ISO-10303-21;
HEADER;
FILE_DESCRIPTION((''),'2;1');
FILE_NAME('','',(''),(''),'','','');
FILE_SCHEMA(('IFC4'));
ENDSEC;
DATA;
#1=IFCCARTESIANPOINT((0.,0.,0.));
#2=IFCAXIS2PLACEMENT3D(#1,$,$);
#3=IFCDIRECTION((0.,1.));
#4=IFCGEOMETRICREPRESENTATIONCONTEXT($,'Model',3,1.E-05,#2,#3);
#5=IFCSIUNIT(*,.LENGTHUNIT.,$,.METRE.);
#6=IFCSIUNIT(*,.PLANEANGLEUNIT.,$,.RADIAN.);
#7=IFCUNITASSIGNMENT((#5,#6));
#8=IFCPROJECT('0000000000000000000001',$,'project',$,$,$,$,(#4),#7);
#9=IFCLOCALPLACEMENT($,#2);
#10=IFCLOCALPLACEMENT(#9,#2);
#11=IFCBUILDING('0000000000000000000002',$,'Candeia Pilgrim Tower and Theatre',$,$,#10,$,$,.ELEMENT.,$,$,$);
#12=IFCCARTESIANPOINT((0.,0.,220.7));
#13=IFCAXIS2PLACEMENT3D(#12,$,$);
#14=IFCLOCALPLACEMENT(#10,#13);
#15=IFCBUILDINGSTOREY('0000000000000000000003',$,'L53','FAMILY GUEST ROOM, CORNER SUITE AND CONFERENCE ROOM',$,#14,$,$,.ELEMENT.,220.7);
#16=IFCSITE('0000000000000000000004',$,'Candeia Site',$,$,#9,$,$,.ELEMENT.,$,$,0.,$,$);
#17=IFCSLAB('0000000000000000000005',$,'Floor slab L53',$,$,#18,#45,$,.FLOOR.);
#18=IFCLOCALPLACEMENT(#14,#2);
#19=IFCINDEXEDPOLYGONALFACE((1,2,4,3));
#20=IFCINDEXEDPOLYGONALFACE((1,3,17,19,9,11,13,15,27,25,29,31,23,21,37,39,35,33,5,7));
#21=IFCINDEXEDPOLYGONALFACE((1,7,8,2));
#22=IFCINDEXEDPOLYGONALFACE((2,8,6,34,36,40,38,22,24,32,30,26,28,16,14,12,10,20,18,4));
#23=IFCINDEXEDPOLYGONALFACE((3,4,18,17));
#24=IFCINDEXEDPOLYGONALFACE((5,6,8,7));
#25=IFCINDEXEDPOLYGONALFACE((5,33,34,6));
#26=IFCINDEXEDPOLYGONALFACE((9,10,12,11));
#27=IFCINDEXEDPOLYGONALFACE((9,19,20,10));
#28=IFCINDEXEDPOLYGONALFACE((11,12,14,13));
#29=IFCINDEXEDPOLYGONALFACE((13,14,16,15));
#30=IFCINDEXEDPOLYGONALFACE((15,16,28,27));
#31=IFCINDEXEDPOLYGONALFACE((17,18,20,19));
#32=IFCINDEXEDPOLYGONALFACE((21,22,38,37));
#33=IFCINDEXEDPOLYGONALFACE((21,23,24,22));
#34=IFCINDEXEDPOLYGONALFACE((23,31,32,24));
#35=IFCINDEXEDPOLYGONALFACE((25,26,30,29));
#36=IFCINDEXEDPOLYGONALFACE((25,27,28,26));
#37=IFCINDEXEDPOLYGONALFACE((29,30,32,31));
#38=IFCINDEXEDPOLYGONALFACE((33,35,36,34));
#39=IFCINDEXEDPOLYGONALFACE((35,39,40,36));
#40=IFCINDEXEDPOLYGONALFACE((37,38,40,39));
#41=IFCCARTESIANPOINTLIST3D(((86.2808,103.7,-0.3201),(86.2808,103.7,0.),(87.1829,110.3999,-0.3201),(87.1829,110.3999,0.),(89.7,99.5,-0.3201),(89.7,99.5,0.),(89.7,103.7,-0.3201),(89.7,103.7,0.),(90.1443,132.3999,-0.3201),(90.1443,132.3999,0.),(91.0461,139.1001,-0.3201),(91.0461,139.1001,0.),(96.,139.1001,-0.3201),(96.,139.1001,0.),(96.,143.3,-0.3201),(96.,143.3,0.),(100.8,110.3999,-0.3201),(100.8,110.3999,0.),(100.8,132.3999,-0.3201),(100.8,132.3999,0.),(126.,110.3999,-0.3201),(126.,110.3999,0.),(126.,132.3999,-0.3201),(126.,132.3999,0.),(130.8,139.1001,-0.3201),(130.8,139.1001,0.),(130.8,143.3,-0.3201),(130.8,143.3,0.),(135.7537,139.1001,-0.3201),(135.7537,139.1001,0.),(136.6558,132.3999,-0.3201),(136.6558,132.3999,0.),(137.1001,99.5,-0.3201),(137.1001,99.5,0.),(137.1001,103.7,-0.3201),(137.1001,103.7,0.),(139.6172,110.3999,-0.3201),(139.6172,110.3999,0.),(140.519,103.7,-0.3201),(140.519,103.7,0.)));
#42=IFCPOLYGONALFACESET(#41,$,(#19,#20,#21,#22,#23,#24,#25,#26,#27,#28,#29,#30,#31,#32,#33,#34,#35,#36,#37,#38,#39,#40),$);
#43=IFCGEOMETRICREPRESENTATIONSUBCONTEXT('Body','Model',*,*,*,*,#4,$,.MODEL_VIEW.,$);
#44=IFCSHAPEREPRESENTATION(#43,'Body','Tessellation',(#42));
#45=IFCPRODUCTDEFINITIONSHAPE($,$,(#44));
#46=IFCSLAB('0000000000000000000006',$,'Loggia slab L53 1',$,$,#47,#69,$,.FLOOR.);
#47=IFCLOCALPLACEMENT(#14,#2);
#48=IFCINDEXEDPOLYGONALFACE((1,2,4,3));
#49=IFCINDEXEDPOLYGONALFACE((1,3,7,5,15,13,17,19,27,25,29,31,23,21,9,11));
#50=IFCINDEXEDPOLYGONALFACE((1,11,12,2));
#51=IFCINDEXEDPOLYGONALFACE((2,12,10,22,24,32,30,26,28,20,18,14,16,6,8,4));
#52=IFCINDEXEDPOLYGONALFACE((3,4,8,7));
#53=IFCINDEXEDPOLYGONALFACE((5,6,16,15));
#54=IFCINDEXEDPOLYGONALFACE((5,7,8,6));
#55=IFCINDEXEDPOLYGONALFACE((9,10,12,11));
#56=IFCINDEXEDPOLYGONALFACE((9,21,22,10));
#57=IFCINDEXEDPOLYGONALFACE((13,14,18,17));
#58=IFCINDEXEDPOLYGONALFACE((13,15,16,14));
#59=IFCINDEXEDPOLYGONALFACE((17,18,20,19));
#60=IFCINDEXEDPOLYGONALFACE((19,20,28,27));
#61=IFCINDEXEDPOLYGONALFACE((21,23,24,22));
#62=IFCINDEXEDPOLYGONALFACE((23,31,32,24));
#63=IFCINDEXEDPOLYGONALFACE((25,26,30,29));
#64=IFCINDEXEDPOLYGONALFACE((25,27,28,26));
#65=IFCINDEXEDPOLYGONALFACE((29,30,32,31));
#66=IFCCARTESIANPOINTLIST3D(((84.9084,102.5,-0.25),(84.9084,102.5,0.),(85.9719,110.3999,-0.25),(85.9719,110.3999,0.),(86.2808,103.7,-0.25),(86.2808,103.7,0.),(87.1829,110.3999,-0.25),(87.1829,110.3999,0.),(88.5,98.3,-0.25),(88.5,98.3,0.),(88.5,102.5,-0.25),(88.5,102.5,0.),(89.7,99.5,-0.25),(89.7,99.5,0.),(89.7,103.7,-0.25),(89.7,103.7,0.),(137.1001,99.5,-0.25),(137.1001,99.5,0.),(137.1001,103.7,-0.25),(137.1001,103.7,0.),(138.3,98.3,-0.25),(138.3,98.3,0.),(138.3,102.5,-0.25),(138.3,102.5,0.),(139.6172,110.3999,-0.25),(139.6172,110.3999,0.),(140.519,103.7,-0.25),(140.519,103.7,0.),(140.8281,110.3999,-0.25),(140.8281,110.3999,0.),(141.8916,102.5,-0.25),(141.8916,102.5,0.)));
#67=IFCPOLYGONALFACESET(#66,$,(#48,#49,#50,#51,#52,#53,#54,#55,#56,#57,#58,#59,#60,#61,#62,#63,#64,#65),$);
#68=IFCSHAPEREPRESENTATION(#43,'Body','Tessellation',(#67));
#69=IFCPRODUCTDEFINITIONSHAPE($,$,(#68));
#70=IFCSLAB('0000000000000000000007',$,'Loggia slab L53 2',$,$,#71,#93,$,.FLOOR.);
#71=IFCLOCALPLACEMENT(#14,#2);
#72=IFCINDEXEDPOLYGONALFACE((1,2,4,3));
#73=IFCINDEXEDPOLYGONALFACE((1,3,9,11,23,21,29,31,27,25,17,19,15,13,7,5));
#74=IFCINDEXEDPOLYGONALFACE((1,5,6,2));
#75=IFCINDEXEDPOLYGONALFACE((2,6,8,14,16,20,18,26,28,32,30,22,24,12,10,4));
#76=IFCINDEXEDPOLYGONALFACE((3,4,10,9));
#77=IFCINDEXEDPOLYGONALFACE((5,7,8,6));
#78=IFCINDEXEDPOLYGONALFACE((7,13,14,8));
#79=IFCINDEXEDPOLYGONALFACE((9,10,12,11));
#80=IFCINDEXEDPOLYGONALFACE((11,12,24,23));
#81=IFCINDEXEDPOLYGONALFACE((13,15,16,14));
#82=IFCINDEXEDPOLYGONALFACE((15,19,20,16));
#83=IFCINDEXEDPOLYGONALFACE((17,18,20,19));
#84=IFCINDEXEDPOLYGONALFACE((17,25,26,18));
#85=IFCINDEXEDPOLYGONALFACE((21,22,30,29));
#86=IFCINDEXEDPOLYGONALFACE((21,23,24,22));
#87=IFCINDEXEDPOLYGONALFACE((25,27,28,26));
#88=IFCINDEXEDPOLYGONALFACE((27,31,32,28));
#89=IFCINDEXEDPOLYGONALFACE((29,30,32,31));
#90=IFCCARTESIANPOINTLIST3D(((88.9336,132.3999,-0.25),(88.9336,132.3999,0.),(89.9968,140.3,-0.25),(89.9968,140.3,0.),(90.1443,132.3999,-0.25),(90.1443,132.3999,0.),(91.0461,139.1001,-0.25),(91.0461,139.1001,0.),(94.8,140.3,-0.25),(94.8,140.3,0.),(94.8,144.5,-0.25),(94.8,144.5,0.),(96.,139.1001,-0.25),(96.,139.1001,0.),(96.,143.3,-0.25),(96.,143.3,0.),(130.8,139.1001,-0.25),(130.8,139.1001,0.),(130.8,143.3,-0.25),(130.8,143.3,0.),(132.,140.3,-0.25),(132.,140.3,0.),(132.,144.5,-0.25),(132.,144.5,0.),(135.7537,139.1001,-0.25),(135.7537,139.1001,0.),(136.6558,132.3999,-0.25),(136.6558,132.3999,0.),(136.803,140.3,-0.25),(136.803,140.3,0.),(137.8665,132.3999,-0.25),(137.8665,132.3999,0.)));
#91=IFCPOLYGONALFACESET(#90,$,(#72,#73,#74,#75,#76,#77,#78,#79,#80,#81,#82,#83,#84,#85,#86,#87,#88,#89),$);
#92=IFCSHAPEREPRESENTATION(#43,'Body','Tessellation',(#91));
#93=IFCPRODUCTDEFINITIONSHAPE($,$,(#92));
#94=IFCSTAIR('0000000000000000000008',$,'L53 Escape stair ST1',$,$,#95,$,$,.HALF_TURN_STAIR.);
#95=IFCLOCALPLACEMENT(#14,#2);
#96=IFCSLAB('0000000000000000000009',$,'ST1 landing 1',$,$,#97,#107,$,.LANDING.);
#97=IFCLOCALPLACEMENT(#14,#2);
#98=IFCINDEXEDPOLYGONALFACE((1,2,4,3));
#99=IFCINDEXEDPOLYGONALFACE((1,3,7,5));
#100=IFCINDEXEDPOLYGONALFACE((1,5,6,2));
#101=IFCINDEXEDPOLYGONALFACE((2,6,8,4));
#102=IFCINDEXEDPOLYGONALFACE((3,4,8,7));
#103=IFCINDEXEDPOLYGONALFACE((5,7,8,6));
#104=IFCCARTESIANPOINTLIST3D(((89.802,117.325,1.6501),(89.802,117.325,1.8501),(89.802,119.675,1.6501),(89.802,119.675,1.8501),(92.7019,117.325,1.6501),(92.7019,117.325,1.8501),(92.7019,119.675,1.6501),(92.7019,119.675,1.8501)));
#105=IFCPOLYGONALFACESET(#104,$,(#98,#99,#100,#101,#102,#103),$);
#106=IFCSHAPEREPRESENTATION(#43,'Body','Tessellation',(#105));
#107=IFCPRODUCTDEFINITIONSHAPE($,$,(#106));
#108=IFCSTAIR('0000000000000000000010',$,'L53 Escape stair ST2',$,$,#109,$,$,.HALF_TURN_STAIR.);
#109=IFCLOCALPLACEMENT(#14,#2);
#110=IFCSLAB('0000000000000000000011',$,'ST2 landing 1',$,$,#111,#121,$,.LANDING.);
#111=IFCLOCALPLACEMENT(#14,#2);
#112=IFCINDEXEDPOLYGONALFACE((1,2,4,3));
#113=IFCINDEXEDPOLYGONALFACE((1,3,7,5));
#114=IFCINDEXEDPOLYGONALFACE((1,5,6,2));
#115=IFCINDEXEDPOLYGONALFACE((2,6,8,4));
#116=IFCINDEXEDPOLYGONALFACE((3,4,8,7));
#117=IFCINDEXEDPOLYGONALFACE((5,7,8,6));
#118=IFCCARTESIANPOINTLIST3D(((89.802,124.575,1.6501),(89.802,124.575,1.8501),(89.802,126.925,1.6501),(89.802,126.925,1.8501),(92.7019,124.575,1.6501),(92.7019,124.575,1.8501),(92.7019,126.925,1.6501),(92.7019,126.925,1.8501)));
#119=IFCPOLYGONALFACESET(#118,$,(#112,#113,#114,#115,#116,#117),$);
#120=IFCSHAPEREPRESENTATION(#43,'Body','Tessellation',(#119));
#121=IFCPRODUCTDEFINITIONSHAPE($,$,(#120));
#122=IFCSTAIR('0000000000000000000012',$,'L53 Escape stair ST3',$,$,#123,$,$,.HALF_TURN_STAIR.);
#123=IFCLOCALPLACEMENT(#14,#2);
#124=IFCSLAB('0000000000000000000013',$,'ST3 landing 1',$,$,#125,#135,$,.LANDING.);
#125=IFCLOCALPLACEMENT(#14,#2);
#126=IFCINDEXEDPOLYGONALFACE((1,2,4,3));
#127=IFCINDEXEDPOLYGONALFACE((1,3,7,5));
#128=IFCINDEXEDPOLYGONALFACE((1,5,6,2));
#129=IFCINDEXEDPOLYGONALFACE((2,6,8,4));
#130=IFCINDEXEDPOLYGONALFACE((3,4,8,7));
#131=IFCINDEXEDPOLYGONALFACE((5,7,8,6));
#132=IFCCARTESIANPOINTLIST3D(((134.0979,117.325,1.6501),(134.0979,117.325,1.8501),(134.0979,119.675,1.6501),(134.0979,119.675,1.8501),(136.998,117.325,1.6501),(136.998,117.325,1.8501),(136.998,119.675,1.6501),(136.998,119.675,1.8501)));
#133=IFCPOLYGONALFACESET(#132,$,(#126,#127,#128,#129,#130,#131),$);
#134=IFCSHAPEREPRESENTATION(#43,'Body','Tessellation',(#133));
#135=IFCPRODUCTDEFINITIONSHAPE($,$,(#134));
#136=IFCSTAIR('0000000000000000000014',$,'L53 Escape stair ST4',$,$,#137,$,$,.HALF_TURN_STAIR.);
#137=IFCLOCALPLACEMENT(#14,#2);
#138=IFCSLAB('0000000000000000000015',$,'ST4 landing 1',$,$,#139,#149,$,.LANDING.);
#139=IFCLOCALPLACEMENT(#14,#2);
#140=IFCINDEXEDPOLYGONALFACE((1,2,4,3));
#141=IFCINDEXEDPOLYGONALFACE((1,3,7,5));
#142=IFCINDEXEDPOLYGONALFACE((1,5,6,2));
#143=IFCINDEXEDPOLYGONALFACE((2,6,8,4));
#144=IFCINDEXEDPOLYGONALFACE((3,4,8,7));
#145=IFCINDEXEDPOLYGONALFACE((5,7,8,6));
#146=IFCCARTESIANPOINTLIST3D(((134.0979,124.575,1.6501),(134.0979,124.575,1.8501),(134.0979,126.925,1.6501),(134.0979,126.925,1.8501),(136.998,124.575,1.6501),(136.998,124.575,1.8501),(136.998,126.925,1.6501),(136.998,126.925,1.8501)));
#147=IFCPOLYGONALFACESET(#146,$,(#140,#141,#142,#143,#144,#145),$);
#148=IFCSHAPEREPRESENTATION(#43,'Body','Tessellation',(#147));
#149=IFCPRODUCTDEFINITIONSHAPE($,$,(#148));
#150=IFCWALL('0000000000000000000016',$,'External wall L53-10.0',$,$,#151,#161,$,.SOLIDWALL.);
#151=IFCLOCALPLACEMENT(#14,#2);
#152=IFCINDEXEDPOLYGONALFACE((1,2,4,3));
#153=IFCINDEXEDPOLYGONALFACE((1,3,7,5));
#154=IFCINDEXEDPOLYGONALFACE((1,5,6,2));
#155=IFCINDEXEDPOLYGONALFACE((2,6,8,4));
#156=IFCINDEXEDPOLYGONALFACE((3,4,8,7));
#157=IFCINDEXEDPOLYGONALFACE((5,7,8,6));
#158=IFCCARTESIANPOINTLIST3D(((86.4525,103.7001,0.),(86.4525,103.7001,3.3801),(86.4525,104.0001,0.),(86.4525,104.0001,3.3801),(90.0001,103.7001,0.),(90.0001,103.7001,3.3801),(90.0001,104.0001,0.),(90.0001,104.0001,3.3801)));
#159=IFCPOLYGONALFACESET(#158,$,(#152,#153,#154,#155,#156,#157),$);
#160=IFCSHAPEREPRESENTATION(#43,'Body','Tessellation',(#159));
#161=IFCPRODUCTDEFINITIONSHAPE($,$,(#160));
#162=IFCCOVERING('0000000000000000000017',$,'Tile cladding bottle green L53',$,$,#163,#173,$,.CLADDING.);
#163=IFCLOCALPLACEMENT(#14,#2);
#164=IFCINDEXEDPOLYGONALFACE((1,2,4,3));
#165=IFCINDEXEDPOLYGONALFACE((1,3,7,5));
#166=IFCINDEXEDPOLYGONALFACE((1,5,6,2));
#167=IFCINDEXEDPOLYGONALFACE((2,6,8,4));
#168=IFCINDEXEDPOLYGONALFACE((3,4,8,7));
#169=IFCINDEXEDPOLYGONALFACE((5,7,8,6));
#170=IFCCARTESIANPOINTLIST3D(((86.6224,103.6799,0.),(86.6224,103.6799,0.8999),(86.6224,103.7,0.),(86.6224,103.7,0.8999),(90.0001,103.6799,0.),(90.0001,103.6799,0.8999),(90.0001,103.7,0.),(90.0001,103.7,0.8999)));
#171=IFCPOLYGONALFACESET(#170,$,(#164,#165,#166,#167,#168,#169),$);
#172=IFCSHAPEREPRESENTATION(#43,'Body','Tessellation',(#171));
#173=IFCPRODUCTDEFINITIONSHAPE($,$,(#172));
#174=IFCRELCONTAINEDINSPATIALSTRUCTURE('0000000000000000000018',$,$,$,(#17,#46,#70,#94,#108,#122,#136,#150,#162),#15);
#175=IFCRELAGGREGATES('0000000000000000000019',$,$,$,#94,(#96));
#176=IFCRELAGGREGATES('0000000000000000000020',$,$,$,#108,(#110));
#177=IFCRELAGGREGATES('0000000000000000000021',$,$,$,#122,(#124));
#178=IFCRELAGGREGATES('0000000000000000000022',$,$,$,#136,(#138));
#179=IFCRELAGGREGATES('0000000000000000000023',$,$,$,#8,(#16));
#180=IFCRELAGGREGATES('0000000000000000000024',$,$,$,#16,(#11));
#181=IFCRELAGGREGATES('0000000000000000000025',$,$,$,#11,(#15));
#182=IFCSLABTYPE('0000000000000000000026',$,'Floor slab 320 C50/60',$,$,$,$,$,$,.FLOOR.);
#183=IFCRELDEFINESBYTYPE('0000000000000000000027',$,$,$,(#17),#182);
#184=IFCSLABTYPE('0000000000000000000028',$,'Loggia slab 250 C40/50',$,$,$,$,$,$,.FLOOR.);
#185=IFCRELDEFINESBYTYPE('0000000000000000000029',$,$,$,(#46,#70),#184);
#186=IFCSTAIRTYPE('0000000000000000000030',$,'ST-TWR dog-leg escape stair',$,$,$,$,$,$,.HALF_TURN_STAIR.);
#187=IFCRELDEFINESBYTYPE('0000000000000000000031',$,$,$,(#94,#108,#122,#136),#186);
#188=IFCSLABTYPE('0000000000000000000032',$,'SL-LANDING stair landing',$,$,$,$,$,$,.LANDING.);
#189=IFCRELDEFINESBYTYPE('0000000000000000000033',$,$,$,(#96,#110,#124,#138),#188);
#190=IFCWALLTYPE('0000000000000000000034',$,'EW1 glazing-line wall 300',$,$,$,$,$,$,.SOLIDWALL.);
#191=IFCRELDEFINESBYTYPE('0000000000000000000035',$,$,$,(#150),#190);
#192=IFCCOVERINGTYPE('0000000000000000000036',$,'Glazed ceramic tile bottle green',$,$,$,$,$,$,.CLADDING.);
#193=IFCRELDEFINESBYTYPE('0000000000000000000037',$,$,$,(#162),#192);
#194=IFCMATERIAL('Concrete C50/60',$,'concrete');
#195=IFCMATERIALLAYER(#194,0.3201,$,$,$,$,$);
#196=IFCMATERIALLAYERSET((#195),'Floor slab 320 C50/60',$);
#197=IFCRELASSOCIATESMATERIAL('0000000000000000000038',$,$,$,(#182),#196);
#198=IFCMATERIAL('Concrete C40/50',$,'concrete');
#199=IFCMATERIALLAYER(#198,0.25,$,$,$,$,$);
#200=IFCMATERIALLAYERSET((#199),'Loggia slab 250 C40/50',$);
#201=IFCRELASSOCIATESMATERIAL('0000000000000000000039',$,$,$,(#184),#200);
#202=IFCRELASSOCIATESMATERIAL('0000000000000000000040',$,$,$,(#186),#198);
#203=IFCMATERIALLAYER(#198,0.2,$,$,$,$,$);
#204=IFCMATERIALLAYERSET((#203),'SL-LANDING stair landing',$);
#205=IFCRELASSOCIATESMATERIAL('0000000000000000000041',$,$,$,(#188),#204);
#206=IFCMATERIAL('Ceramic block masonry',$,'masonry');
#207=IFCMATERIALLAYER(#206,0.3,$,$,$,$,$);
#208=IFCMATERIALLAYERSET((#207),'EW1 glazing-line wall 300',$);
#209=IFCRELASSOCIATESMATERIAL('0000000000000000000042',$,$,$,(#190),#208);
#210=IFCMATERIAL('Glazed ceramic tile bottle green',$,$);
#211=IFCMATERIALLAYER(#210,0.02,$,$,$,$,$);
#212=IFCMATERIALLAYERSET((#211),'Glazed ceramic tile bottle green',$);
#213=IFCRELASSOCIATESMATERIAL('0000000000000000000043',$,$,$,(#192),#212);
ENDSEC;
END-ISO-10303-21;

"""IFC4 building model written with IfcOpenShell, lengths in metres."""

from ifc_helpers import new_model, si_unit, direction, frame, frame_2d, origin, origin_2d, place, context, subcontext, project, spatial, polyline, rectangle, outline, extrude, material, layer, layer_set, type_object, element, aggregate, save


model = new_model("IFC4")

# Units and contexts
model_context = context("Model", 3, precision=1e-05, world=origin(), true_north=direction((0.0, 1.0)))
body_context = subcontext(model_context, "Body", "Model", "MODEL_VIEW")
ifc_project = project(units=[si_unit("LENGTHUNIT", "METRE"), si_unit("PLANEANGLEUNIT", "RADIAN")], contexts=[model_context])

# Site, building, storey
site_placement = place(None, origin())
site = spatial("IfcSite", under=ifc_project, at=site_placement, Name="Candeia Site", CompositionType="ELEMENT", RefElevation=0.0)
building_placement = place(site_placement, origin())
building = spatial("IfcBuilding", under=site, at=building_placement, Name="Candeia Pilgrim Tower and Theatre", CompositionType="ELEMENT")
storey_placement = place(building_placement, frame((0.0, 0.0, 220.7)))
storey = spatial("IfcBuildingStorey", under=building, at=storey_placement, Name="L53", Description="FAMILY GUEST ROOM, CORNER SUITE AND CONFERENCE ROOM", CompositionType="ELEMENT", Elevation=220.7)

# Shared definitions
ifc_material_1 = material(Name="Concrete C50/60", Category="concrete")

# Slabs
ifc_material_2 = material(Name="Concrete C40/50", Category="concrete")
ifc_layer_1 = layer(ifc_material_1, 0.3201)
ifc_layer_set_1 = layer_set([ifc_layer_1], Name="Floor slab 320 C50/60")
slab_type_1 = type_object("IfcSlabType", Name="Floor slab 320 C50/60", PredefinedType="FLOOR", material=ifc_layer_set_1)
slab_1_placement = place(storey_placement, frame((0.0, 0.0, -0.3201)))
element("IfcSlab", 1, at=slab_1_placement, inside=storey, type_object=slab_type_1, Name="Floor slab L53", PredefinedType="FLOOR", context=body_context, shape_type="SweptSolid", body=[
    extrude(outline(polyline([(96.0, 139.1001), (96.0, 143.3), (130.8, 143.3), (130.8, 139.1001), (135.7537, 139.1001), (136.6558, 132.3999), (126.0, 132.3999), (126.0, 110.3999), (139.6172, 110.3999), (140.519, 103.7), (137.1001, 103.7), (137.1001, 99.5), (89.7, 99.5), (89.7, 103.7), (86.2808, 103.7), (87.1829, 110.3999), (100.8, 110.3999), (100.8, 132.3999), (90.1443, 132.3999), (91.0461, 139.1001), (96.0, 139.1001)])), origin(), (0.0, 0.0, 1.0), 0.3201),
])
ifc_layer_2 = layer(ifc_material_2, 0.25)
ifc_layer_set_2 = layer_set([ifc_layer_2], Name="Loggia slab 250 C40/50")
slab_type_2 = type_object("IfcSlabType", Name="Loggia slab 250 C40/50", PredefinedType="FLOOR", material=ifc_layer_set_2)
slab_2_placement = place(storey_placement, frame((0.0, 0.0, -0.25)))
element("IfcSlab", 2, at=slab_2_placement, inside=storey, type_object=slab_type_2, Name="Loggia slab L53 1", PredefinedType="FLOOR", context=body_context, shape_type="SweptSolid", body=[
    extrude(outline(polyline([(87.1829, 110.3999), (86.2808, 103.7), (89.7, 103.7), (89.7, 99.5), (137.1001, 99.5), (137.1001, 103.7), (140.519, 103.7), (139.6172, 110.3999), (140.8281, 110.3999), (141.8916, 102.5), (138.3, 102.5), (138.3, 98.3), (88.5, 98.3), (88.5, 102.5), (84.9084, 102.5), (85.9719, 110.3999), (87.1829, 110.3999)])), origin(), (0.0, 0.0, 1.0), 0.25),
])
slab_3_placement = place(storey_placement, frame((0.0, 0.0, -0.25)))
element("IfcSlab", 3, at=slab_3_placement, inside=storey, type_object=slab_type_2, Name="Loggia slab L53 2", PredefinedType="FLOOR", context=body_context, shape_type="SweptSolid", body=[
    extrude(outline(polyline([(136.6558, 132.3999), (135.7537, 139.1001), (130.8, 139.1001), (130.8, 143.3), (96.0, 143.3), (96.0, 139.1001), (91.0461, 139.1001), (90.1443, 132.3999), (88.9336, 132.3999), (89.9968, 140.3), (94.8, 140.3), (94.8, 144.5), (132.0, 144.5), (132.0, 140.3), (136.803, 140.3), (137.8665, 132.3999), (136.6558, 132.3999)])), origin(), (0.0, 0.0, 1.0), 0.25),
])

# Stairs, slabs
stair_type = type_object("IfcStairType", Name="ST-TWR dog-leg escape stair", PredefinedType="HALF_TURN_STAIR", material=ifc_material_2)
stair_1_placement = place(storey_placement, origin())
stair_1 = element("IfcStair", 4, at=stair_1_placement, inside=storey, type_object=stair_type, Name="L53 Escape stair ST1", PredefinedType="HALF_TURN_STAIR")
ifc_layer_3 = layer(ifc_material_2, 0.2)
ifc_layer_set_3 = layer_set([ifc_layer_3], Name="SL-LANDING stair landing")
slab_type_3 = type_object("IfcSlabType", Name="SL-LANDING stair landing", PredefinedType="LANDING", material=ifc_layer_set_3)
slab_4_placement = place(storey_placement, frame((0.0, 0.0, 1.6501)))
slab_4 = element("IfcSlab", 5, at=slab_4_placement, type_object=slab_type_3, Name="ST1 landing 1", PredefinedType="LANDING", context=body_context, shape_type="SweptSolid", body=[
    extrude(outline(polyline([(89.802, 119.675), (89.802, 117.325), (92.7019, 117.325), (92.7019, 119.675), (89.802, 119.675)])), origin(), (0.0, 0.0, 1.0), 0.2),
])
aggregate(stair_1, [slab_4])
stair_2_placement = place(storey_placement, origin())
stair_2 = element("IfcStair", 6, at=stair_2_placement, inside=storey, type_object=stair_type, Name="L53 Escape stair ST2", PredefinedType="HALF_TURN_STAIR")
slab_5_placement = place(storey_placement, frame((0.0, 0.0, 1.6501)))
slab_5 = element("IfcSlab", 7, at=slab_5_placement, type_object=slab_type_3, Name="ST2 landing 1", PredefinedType="LANDING", context=body_context, shape_type="SweptSolid", body=[
    extrude(outline(polyline([(89.802, 126.925), (89.802, 124.575), (92.7019, 124.575), (92.7019, 126.925), (89.802, 126.925)])), origin(), (0.0, 0.0, 1.0), 0.2),
])
aggregate(stair_2, [slab_5])
stair_3_placement = place(storey_placement, origin())
stair_3 = element("IfcStair", 8, at=stair_3_placement, inside=storey, type_object=stair_type, Name="L53 Escape stair ST3", PredefinedType="HALF_TURN_STAIR")
slab_6_placement = place(storey_placement, frame((0.0, 0.0, 1.6501)))
slab_6 = element("IfcSlab", 9, at=slab_6_placement, type_object=slab_type_3, Name="ST3 landing 1", PredefinedType="LANDING", context=body_context, shape_type="SweptSolid", body=[
    extrude(outline(polyline([(134.0979, 119.675), (134.0979, 117.325), (136.998, 117.325), (136.998, 119.675), (134.0979, 119.675)])), origin(), (0.0, 0.0, 1.0), 0.2),
])
aggregate(stair_3, [slab_6])
stair_4_placement = place(storey_placement, origin())
stair_4 = element("IfcStair", 10, at=stair_4_placement, inside=storey, type_object=stair_type, Name="L53 Escape stair ST4", PredefinedType="HALF_TURN_STAIR")
slab_7_placement = place(storey_placement, frame((0.0, 0.0, 1.6501)))
slab_7 = element("IfcSlab", 11, at=slab_7_placement, type_object=slab_type_3, Name="ST4 landing 1", PredefinedType="LANDING", context=body_context, shape_type="SweptSolid", body=[
    extrude(outline(polyline([(134.0979, 126.925), (134.0979, 124.575), (136.998, 124.575), (136.998, 126.925), (134.0979, 126.925)])), origin(), (0.0, 0.0, 1.0), 0.2),
])
aggregate(stair_4, [slab_7])

# Wall
ifc_material_3 = material(Name="Ceramic block masonry", Category="masonry")
ifc_layer_4 = layer(ifc_material_3, 0.3)
ifc_layer_set_4 = layer_set([ifc_layer_4], Name="EW1 glazing-line wall 300")
wall_type = type_object("IfcWallType", Name="EW1 glazing-line wall 300", PredefinedType="SOLIDWALL", material=ifc_layer_set_4)
wall_placement = place(storey_placement, frame((86.4524, 103.8501, 0.0), z_axis=(0.0, 0.0, 1.0), x_axis=(1.0, 0.0, 0.0)))
element("IfcWall", 12, at=wall_placement, inside=storey, type_object=wall_type, Name="External wall L53-10.0", PredefinedType="SOLIDWALL", context=body_context, shape_type="SweptSolid", body=[
    extrude(rectangle(XDim=3.5476, YDim=0.3, at=frame_2d((1.7739, 0.0))), origin(), (0.0, 0.0, 1.0), 3.3801),
])

# Covering
ifc_material_4 = material(Name="Glazed ceramic tile bottle green")
ifc_layer_5 = layer(ifc_material_4, 0.02)
ifc_layer_set_5 = layer_set([ifc_layer_5], Name="Glazed ceramic tile bottle green")
covering_type = type_object("IfcCoveringType", Name="Glazed ceramic tile bottle green", PredefinedType="CLADDING", material=ifc_layer_set_5)
covering_placement = place(storey_placement, frame((88.3113, 103.6899, 0.0), z_axis=(0.0, 0.0, 1.0), x_axis=(1.0, 0.0, 0.0)))
element("IfcCovering", 13, at=covering_placement, inside=storey, type_object=covering_type, Name="Tile cladding bottle green L53", PredefinedType="CLADDING", context=body_context, shape_type="SweptSolid", body=[
    extrude(rectangle(XDim=3.3777, YDim=0.02, at=origin_2d()), origin(), (0.0, 0.0, 1.0), 0.8999),
])

save(model, "model.ifc")
